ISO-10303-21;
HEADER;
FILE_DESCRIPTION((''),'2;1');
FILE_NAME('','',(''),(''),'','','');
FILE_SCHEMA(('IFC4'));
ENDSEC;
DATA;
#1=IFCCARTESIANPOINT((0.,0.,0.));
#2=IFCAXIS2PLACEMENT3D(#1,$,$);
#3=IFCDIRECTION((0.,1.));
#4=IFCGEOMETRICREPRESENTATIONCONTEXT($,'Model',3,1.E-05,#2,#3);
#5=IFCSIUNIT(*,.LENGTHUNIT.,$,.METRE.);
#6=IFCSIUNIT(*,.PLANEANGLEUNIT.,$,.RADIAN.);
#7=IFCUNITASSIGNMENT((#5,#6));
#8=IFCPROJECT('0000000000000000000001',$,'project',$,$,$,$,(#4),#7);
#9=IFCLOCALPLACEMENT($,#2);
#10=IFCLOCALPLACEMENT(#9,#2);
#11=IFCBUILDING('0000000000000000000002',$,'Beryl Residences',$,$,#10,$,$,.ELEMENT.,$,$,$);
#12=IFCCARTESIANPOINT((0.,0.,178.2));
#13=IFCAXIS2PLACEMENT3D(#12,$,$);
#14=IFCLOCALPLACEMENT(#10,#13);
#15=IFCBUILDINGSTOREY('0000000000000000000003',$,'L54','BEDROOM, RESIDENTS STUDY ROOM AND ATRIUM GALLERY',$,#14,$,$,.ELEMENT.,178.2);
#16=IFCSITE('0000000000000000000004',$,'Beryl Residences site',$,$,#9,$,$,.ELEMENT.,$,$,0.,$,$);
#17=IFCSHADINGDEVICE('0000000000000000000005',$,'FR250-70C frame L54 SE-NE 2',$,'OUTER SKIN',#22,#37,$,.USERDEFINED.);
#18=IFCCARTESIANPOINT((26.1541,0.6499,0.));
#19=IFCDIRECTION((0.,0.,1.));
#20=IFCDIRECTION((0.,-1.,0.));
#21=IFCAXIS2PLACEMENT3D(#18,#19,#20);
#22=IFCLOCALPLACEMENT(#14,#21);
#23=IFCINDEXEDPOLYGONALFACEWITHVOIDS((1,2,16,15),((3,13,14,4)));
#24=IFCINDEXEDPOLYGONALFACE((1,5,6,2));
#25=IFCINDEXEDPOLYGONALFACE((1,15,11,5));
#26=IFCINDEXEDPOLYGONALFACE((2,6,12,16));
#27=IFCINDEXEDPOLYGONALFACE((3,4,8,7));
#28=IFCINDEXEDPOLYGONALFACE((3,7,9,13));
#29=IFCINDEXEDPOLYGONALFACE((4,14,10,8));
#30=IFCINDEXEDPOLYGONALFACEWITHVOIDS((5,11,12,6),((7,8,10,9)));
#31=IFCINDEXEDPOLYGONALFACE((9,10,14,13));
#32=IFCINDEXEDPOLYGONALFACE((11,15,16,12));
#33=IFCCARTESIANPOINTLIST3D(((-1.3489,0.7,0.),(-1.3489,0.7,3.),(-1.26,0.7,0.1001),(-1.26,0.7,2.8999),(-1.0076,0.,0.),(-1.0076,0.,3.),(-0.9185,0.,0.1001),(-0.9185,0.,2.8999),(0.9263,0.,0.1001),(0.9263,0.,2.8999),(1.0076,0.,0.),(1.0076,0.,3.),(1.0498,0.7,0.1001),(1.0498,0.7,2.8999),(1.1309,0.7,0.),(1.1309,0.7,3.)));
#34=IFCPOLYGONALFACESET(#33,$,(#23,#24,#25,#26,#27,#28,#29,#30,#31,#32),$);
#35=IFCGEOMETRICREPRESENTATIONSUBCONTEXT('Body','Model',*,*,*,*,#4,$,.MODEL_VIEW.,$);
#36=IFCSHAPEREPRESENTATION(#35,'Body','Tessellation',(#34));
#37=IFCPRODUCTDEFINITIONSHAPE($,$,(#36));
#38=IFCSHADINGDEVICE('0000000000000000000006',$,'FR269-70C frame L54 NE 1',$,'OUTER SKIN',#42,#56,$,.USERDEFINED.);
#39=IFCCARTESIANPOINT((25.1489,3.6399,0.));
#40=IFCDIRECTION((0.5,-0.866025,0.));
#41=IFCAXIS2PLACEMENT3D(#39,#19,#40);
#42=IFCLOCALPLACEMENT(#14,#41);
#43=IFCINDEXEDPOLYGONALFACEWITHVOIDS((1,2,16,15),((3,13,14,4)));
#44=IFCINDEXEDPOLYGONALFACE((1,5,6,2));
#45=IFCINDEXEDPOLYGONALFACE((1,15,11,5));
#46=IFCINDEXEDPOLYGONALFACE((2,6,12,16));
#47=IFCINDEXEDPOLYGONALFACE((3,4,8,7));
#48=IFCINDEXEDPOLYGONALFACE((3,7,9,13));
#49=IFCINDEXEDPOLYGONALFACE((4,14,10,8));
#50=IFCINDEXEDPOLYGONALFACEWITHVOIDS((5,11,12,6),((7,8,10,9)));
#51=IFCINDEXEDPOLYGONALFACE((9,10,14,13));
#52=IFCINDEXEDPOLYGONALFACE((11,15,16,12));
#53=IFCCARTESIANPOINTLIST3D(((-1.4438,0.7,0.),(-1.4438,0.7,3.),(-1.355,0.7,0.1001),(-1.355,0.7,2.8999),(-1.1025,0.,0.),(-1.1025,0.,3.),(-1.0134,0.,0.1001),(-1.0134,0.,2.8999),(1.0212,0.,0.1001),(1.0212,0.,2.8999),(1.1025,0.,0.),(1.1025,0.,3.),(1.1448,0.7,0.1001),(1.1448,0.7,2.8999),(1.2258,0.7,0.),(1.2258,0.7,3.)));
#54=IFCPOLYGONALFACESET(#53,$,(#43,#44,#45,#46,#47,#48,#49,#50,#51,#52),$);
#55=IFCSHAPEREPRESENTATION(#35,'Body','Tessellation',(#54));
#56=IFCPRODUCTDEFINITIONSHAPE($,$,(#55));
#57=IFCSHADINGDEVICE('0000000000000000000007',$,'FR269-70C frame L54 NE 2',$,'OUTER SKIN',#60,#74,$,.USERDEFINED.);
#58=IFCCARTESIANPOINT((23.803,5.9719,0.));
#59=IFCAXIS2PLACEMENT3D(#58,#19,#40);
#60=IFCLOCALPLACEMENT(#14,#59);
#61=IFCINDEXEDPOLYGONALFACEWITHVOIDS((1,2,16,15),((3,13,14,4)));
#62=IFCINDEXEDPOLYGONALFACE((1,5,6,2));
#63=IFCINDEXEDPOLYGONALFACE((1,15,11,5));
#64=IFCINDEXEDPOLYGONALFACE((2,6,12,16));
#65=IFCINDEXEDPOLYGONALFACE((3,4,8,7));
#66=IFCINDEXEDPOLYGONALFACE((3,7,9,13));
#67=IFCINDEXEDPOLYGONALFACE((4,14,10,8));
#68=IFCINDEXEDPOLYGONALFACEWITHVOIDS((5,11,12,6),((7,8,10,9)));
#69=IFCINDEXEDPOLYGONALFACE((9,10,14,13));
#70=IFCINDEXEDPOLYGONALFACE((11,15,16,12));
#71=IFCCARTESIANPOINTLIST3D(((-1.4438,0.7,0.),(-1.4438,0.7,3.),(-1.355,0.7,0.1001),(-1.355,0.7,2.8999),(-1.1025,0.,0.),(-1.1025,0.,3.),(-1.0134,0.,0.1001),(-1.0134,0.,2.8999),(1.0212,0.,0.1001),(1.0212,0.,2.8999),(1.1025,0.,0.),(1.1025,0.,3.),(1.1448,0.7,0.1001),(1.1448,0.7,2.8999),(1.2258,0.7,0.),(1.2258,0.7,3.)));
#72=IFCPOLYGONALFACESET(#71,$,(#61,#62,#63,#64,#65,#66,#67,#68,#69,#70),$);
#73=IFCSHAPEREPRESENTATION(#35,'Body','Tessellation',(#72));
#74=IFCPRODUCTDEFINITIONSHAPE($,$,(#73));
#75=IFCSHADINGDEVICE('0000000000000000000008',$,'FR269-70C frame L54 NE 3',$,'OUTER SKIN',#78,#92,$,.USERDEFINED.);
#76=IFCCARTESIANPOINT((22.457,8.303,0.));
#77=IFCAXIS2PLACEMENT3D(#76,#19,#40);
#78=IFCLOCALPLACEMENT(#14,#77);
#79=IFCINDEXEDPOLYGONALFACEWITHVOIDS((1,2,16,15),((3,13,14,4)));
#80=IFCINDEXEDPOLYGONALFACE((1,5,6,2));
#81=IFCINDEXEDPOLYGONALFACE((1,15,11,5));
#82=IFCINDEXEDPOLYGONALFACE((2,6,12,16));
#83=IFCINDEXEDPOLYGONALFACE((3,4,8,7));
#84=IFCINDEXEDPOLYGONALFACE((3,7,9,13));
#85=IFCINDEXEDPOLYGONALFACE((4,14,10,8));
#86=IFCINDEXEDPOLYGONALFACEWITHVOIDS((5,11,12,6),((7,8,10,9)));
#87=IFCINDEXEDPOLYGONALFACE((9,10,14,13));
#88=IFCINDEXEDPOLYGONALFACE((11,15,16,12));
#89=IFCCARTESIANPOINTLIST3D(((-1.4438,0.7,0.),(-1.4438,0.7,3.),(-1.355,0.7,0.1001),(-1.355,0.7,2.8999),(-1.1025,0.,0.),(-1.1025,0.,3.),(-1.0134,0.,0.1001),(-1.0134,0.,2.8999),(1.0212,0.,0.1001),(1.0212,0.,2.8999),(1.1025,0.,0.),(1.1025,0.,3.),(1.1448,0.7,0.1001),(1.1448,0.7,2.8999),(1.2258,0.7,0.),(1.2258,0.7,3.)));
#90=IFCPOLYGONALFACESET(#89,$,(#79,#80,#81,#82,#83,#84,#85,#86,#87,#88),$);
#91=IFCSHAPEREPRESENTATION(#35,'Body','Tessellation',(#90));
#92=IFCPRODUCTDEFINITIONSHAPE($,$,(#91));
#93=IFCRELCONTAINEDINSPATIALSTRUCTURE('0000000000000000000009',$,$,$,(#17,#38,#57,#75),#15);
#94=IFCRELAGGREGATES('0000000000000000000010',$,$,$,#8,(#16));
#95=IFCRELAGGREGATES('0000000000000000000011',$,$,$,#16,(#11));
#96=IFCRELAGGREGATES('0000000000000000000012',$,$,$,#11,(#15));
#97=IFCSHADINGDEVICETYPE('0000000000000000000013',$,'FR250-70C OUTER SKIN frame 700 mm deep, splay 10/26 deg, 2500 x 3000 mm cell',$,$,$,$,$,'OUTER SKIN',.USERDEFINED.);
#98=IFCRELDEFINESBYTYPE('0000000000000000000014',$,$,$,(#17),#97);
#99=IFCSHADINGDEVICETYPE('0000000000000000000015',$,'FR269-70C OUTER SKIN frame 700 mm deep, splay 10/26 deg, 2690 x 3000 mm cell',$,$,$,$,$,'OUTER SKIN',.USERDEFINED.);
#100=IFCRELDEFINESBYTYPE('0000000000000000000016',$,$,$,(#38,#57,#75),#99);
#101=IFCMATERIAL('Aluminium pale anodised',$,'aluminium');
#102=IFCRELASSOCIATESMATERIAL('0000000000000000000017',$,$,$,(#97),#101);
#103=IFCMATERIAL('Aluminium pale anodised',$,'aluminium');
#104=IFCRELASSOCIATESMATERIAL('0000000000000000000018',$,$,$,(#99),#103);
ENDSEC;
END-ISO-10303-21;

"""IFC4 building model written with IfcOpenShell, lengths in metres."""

from ifc_helpers import new_model, entity, si_unit, direction, frame, origin, place, context, subcontext, project, spatial, source, transform, mapped, material, type_object, type_shapes, element, save


model = new_model("IFC4")

# Units and contexts
model_context = context("Model", 3, precision=1e-05, world=origin(), true_north=direction((0.0, 1.0)))
body_context = subcontext(model_context, "Body", "Model", "MODEL_VIEW")
ifc_project = project(units=[si_unit("LENGTHUNIT", "METRE"), si_unit("PLANEANGLEUNIT", "RADIAN")], contexts=[model_context])

# Site, building, storey
site_placement = place(None, origin())
site = spatial("IfcSite", under=ifc_project, at=site_placement, Name="Beryl Residences site", CompositionType="ELEMENT", RefElevation=0.0)
building_placement = place(site_placement, origin())
building = spatial("IfcBuilding", under=site, at=building_placement, Name="Beryl Residences", CompositionType="ELEMENT")
storey_placement = place(building_placement, frame((0.0, 0.0, 178.2)))
storey = spatial("IfcBuildingStorey", under=building, at=storey_placement, Name="L54", Description="BEDROOM, RESIDENTS STUDY ROOM AND ATRIUM GALLERY", CompositionType="ELEMENT", Elevation=178.2)

# Shading devices
ifc_material_1 = material(Name="Aluminium pale anodised", Category="aluminium")
shading_device_type_1 = type_object("IfcShadingDeviceType", Name="FR250-70C OUTER SKIN frame 700 mm deep, splay 10/26 deg, 2500 x 3000 mm cell", ElementType="OUTER SKIN", PredefinedType="USERDEFINED", material=ifc_material_1)
cartesian_point_1 = entity("IfcCartesianPoint", [-1.0076, 0.0])
cartesian_point_2 = entity("IfcCartesianPoint", [-0.9263, 0.1001])
cartesian_point_3 = entity("IfcCartesianPoint", [-1.1309, 0.0])
cartesian_point_4 = entity("IfcCartesianPoint", [-1.0498, 0.1001])
shared_shape_1 = source(origin(), body_context, "Body", "SweptSolid", [
    entity("IfcExtrudedAreaSolidTapered", entity("IfcArbitraryProfileDefWithVoids", "AREA", None, entity("IfcPolyline", [cartesian_point_1, entity("IfcCartesianPoint", [1.0076, 0.0]), entity("IfcCartesianPoint", [1.0076, 3.0]), entity("IfcCartesianPoint", [-1.0076, 3.0]), cartesian_point_1]), [entity("IfcPolyline", [cartesian_point_2, entity("IfcCartesianPoint", [0.9185, 0.1001]), entity("IfcCartesianPoint", [0.9185, 2.8999]), entity("IfcCartesianPoint", [-0.9263, 2.8999]), cartesian_point_2])]), entity("IfcAxis2Placement3D", entity("IfcCartesianPoint", [0.0, 0.0, 0.0]), entity("IfcDirection", [0.0, 1.0, 0.0]), entity("IfcDirection", [-1.0, 0.0, 0.0])), entity("IfcDirection", [0.0, 0.0, 1.0]), 0.7, entity("IfcArbitraryProfileDefWithVoids", "AREA", None, entity("IfcPolyline", [cartesian_point_3, entity("IfcCartesianPoint", [1.3489, 0.0]), entity("IfcCartesianPoint", [1.3489, 3.0]), entity("IfcCartesianPoint", [-1.1309, 3.0]), cartesian_point_3]), [entity("IfcPolyline", [cartesian_point_4, entity("IfcCartesianPoint", [1.26, 0.1001]), entity("IfcCartesianPoint", [1.26, 2.8999]), entity("IfcCartesianPoint", [-1.0498, 2.8999]), cartesian_point_4])])),
])
type_shapes(shading_device_type_1, [shared_shape_1])
shading_device_placement = place(storey_placement, frame((26.1541, 0.6499, 0.0), z_axis=(0.0, 0.0, 1.0), x_axis=(0.0, -1.0, 0.0)))
element("IfcShadingDevice", 1, at=shading_device_placement, inside=storey, type_object=shading_device_type_1, Name="FR250-70C frame L54 SE-NE 2", ObjectType="OUTER SKIN", PredefinedType="USERDEFINED", context=body_context, shape_type="MappedRepresentation", body=[
    mapped(shared_shape_1, transform((0.0, 0.0, 0.0))),
])
ifc_material_2 = material(Name="Aluminium pale anodised", Category="aluminium")
shading_device_type_2 = type_object("IfcShadingDeviceType", Name="FR269-70C OUTER SKIN frame 700 mm deep, splay 10/26 deg, 2690 x 3000 mm cell", ElementType="OUTER SKIN", PredefinedType="USERDEFINED", material=ifc_material_2)
cartesian_point_5 = entity("IfcCartesianPoint", [-1.1025, 0.0])
cartesian_point_6 = entity("IfcCartesianPoint", [-1.0212, 0.1001])
cartesian_point_7 = entity("IfcCartesianPoint", [-1.2258, 0.0])
cartesian_point_8 = entity("IfcCartesianPoint", [-1.1448, 0.1001])
shared_shape_2 = source(origin(), body_context, "Body", "SweptSolid", [
    entity("IfcExtrudedAreaSolidTapered", entity("IfcArbitraryProfileDefWithVoids", "AREA", None, entity("IfcPolyline", [cartesian_point_5, entity("IfcCartesianPoint", [1.1025, 0.0]), entity("IfcCartesianPoint", [1.1025, 3.0]), entity("IfcCartesianPoint", [-1.1025, 3.0]), cartesian_point_5]), [entity("IfcPolyline", [cartesian_point_6, entity("IfcCartesianPoint", [1.0134, 0.1001]), entity("IfcCartesianPoint", [1.0134, 2.8999]), entity("IfcCartesianPoint", [-1.0212, 2.8999]), cartesian_point_6])]), entity("IfcAxis2Placement3D", entity("IfcCartesianPoint", [0.0, 0.0, 0.0]), entity("IfcDirection", [0.0, 1.0, 0.0]), entity("IfcDirection", [-1.0, 0.0, 0.0])), entity("IfcDirection", [0.0, 0.0, 1.0]), 0.7, entity("IfcArbitraryProfileDefWithVoids", "AREA", None, entity("IfcPolyline", [cartesian_point_7, entity("IfcCartesianPoint", [1.4438, 0.0]), entity("IfcCartesianPoint", [1.4438, 3.0]), entity("IfcCartesianPoint", [-1.2258, 3.0]), cartesian_point_7]), [entity("IfcPolyline", [cartesian_point_8, entity("IfcCartesianPoint", [1.355, 0.1001]), entity("IfcCartesianPoint", [1.355, 2.8999]), entity("IfcCartesianPoint", [-1.1448, 2.8999]), cartesian_point_8])])),
])
type_shapes(shading_device_type_2, [shared_shape_2])
for number, where, z_axis, x_axis, name in (
    (2, (25.1489, 3.6399, 0.0), (0.0, 0.0, 1.0), (0.5, -0.866025, 0.0), "FR269-70C frame L54 NE 1"),
    (3, (23.803, 5.9719, 0.0), (0.0, 0.0, 1.0), (0.5, -0.866025, 0.0), "FR269-70C frame L54 NE 2"),
    (4, (22.457, 8.303, 0.0), (0.0, 0.0, 1.0), (0.5, -0.866025, 0.0), "FR269-70C frame L54 NE 3"),
):
    element("IfcShadingDevice", number, at=place(storey_placement, frame(where, z_axis=z_axis, x_axis=x_axis)), inside=storey, type_object=shading_device_type_2, Name=name, ObjectType="OUTER SKIN", PredefinedType="USERDEFINED", context=body_context, shape_type="MappedRepresentation", body=[
        mapped(shared_shape_2, transform((0.0, 0.0, 0.0))),
    ])

save(model, "model.ifc")
